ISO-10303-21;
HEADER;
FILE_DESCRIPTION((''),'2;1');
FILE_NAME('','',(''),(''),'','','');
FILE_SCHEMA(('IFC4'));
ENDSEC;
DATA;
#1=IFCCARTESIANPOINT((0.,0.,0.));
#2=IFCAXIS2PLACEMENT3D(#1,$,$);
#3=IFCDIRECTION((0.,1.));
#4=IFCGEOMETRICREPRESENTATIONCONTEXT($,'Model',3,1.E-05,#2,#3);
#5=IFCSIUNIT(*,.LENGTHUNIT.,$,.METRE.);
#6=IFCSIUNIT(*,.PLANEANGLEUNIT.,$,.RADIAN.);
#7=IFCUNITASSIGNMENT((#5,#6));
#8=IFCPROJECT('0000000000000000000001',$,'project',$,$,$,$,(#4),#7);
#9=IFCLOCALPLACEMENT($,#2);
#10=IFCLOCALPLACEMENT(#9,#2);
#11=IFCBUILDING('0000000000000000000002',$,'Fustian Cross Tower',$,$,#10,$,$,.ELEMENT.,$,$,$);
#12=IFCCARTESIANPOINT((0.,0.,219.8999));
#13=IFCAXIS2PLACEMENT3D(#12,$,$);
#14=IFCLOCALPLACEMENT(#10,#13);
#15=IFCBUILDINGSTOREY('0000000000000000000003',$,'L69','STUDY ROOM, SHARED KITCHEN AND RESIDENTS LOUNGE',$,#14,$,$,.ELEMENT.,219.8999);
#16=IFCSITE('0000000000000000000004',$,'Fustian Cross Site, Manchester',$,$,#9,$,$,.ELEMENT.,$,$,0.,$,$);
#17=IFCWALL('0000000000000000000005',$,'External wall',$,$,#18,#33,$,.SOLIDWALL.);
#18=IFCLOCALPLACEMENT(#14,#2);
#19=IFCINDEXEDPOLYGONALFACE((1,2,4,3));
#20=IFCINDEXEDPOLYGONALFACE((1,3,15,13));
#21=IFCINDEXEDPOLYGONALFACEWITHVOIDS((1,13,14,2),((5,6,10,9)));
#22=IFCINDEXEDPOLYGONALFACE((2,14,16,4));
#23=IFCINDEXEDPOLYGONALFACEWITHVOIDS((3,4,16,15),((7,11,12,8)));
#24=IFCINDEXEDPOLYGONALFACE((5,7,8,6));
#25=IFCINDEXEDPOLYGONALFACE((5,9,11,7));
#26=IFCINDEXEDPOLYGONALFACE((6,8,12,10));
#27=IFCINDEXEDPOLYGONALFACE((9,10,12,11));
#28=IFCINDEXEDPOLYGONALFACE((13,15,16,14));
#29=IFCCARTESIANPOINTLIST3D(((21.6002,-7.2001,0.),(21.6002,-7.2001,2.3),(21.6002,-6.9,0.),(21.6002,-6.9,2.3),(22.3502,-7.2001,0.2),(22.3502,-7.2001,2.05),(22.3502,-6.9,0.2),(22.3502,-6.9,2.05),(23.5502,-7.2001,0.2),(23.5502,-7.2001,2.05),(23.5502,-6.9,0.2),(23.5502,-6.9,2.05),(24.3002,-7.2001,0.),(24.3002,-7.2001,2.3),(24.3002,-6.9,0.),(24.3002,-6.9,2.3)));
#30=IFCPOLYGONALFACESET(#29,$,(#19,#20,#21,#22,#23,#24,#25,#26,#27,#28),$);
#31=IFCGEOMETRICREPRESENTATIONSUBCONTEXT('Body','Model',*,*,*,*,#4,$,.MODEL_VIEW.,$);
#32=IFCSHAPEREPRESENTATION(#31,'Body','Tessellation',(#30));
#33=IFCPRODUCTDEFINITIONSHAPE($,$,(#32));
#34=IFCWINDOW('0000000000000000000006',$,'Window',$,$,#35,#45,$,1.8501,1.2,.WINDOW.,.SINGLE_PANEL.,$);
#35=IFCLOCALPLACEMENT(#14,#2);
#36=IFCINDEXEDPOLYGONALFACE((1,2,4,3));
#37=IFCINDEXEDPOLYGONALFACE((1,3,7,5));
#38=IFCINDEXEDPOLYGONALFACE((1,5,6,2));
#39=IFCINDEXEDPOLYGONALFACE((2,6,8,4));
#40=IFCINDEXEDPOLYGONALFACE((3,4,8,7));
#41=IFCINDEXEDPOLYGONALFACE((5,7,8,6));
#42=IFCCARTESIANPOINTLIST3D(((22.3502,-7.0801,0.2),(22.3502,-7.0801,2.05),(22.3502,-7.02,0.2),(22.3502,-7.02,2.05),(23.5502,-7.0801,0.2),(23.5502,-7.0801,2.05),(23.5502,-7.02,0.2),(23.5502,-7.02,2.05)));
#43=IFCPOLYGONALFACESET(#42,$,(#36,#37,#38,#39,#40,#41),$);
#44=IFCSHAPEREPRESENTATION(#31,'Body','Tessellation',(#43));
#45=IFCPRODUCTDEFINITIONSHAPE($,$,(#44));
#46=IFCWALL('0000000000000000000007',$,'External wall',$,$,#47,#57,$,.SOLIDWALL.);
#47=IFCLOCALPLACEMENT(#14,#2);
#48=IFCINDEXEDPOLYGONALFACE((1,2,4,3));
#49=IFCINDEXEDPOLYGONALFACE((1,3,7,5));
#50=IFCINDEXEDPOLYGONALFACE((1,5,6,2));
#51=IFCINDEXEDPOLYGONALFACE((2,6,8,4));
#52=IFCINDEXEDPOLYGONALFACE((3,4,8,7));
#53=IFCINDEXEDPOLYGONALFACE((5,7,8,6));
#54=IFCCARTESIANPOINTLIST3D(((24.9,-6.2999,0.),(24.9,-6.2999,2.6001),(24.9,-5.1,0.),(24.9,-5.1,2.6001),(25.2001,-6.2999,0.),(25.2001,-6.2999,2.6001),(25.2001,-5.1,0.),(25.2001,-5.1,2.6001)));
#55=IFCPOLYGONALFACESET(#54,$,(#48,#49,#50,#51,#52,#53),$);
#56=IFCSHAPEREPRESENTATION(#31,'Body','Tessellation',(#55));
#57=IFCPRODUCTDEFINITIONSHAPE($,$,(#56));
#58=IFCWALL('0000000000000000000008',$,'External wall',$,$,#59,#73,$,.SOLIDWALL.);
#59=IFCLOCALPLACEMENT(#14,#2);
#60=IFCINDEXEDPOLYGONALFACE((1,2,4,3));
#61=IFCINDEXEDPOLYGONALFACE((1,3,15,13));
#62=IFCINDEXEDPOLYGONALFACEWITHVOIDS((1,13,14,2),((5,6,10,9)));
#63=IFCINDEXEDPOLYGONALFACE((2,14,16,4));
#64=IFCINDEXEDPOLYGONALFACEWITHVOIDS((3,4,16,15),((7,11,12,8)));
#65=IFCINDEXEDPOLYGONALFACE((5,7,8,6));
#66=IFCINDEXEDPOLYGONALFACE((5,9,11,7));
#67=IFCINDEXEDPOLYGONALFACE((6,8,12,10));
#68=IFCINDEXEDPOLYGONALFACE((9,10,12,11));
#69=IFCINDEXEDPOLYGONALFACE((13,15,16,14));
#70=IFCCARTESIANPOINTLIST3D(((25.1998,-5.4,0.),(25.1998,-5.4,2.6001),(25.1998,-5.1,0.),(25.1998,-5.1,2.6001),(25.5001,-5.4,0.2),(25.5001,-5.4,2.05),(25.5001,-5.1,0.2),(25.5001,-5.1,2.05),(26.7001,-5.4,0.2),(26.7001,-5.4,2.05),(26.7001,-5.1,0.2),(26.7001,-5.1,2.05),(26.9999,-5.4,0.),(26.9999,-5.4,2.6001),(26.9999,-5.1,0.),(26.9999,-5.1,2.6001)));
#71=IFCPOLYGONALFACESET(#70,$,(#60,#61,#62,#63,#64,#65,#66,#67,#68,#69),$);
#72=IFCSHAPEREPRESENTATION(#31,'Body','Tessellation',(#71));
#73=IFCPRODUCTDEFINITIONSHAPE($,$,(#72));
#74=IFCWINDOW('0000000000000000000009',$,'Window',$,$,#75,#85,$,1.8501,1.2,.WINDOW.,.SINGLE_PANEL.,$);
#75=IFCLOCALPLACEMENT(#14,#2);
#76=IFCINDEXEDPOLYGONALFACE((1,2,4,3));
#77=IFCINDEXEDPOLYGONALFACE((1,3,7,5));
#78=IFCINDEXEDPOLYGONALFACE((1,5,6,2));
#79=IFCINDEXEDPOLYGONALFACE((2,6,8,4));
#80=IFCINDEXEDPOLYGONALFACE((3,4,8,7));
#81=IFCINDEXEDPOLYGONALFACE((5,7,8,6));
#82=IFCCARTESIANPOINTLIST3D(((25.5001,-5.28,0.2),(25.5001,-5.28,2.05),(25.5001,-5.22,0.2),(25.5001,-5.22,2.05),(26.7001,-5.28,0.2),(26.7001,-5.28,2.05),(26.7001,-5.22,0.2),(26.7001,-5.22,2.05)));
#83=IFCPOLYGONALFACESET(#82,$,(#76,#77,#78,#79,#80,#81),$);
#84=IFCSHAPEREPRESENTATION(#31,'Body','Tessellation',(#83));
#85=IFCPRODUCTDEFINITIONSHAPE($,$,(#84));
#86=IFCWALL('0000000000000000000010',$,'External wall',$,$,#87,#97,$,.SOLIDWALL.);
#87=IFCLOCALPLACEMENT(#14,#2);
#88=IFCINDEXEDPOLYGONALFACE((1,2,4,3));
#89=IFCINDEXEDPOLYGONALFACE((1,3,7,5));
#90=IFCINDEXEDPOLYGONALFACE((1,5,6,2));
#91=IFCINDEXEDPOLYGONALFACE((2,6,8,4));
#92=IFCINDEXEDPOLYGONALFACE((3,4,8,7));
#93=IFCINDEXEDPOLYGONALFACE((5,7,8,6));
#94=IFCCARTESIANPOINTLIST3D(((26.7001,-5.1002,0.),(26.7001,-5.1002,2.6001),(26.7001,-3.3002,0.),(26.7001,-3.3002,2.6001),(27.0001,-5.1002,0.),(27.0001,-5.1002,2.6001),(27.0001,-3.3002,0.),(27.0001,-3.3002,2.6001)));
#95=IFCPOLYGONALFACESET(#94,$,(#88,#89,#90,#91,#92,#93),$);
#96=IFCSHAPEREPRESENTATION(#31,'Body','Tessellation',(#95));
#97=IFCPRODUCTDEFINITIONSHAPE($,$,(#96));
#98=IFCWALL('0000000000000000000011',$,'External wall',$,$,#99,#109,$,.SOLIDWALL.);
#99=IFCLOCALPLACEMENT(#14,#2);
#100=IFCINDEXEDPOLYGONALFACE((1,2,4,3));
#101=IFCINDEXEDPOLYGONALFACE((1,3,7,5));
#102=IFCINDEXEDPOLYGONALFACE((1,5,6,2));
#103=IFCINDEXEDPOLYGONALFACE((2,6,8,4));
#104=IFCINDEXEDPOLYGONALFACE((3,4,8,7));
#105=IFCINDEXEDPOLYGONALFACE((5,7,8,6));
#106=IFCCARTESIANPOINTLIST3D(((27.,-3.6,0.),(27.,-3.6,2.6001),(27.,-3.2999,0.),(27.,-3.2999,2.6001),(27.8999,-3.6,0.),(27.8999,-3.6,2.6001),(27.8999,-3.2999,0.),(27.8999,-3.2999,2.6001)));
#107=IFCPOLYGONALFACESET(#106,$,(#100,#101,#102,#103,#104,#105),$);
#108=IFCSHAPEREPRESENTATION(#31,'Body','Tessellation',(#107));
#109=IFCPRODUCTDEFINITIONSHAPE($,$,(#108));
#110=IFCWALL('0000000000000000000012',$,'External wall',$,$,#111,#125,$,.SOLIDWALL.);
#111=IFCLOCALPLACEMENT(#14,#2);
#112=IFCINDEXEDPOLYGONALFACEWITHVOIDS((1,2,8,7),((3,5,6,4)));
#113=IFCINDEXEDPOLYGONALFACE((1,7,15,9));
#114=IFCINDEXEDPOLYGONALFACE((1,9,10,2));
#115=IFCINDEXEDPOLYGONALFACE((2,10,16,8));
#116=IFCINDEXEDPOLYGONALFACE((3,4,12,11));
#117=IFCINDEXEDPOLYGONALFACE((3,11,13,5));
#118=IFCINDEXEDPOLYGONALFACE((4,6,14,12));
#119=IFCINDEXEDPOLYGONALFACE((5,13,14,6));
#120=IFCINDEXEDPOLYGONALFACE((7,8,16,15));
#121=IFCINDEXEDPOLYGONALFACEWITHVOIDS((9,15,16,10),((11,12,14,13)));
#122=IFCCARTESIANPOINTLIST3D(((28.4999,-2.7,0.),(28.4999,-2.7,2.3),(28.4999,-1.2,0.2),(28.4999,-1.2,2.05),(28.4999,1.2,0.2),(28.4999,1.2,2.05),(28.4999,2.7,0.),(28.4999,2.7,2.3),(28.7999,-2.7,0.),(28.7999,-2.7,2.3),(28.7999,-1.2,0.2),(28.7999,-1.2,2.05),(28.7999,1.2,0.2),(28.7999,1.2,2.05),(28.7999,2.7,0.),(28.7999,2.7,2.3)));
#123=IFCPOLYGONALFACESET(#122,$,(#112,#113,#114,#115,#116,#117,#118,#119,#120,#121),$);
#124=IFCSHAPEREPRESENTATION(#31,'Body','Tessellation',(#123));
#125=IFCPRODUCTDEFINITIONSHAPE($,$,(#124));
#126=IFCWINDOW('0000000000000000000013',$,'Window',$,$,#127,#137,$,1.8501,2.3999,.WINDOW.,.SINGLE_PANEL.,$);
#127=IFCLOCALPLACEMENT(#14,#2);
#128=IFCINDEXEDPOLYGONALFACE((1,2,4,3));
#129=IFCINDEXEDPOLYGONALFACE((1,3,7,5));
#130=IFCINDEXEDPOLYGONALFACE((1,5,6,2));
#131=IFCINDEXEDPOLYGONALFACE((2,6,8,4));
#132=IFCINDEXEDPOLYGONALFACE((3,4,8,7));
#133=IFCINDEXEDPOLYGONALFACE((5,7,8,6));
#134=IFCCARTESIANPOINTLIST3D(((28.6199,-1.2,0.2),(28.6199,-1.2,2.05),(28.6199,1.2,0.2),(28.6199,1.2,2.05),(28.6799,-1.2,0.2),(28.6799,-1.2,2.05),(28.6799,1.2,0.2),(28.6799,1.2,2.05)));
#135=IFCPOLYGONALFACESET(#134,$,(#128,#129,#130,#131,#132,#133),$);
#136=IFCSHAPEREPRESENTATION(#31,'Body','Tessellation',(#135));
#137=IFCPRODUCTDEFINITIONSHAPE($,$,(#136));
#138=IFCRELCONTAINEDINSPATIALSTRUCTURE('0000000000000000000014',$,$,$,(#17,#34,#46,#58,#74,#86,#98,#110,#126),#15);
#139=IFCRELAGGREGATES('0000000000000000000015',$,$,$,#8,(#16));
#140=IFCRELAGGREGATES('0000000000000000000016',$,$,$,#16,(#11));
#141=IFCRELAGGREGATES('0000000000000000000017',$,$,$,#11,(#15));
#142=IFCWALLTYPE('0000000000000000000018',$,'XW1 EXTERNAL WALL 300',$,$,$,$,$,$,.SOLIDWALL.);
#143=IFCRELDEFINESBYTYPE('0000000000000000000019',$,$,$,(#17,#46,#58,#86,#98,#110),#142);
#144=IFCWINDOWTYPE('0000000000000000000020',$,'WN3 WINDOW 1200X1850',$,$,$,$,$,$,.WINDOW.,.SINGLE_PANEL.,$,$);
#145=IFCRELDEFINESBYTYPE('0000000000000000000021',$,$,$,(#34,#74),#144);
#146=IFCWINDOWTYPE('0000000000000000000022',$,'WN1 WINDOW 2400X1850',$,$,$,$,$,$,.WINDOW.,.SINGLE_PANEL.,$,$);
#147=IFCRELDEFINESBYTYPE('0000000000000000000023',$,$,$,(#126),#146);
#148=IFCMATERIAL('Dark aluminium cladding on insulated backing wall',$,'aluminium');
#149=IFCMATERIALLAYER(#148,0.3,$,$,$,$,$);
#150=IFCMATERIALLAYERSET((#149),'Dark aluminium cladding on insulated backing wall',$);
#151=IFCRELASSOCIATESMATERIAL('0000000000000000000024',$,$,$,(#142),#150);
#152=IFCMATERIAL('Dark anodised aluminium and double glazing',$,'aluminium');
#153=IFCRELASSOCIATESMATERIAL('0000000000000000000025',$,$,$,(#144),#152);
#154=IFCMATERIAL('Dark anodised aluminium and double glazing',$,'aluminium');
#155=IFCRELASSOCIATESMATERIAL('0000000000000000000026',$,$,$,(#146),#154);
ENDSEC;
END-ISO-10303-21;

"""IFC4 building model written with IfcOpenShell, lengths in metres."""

from ifc_helpers import new_model, si_unit, direction, frame, frame_2d, origin, place, context, subcontext, project, spatial, rectangle, extrude, material, layer, layer_set, type_object, element, fill, save


model = new_model("IFC4")

# Units and contexts
model_context = context("Model", 3, precision=1e-05, world=origin(), true_north=direction((0.0, 1.0)))
body_context = subcontext(model_context, "Body", "Model", "MODEL_VIEW")
ifc_project = project(units=[si_unit("LENGTHUNIT", "METRE"), si_unit("PLANEANGLEUNIT", "RADIAN")], contexts=[model_context])

# Site, building, storey
site_placement = place(None, origin())
site = spatial("IfcSite", under=ifc_project, at=site_placement, Name="Fustian Cross Site, Manchester", CompositionType="ELEMENT", RefElevation=0.0)
building_placement = place(site_placement, origin())
building = spatial("IfcBuilding", under=site, at=building_placement, Name="Fustian Cross Tower", CompositionType="ELEMENT")
storey_placement = place(building_placement, frame((0.0, 0.0, 219.8999)))
storey = spatial("IfcBuildingStorey", under=building, at=storey_placement, Name="L69", Description="STUDY ROOM, SHARED KITCHEN AND RESIDENTS LOUNGE", CompositionType="ELEMENT", Elevation=219.8999)

# Wall, opening, window
ifc_material_1 = material(Name="Dark aluminium cladding on insulated backing wall", Category="aluminium")
ifc_layer_1 = layer(ifc_material_1, 0.3)
ifc_layer_set_1 = layer_set([ifc_layer_1], Name="Dark aluminium cladding on insulated backing wall")
wall_type_1 = type_object("IfcWallType", Name="XW1 EXTERNAL WALL 300", PredefinedType="SOLIDWALL", material=ifc_layer_set_1)
wall_1_placement = place(storey_placement, frame((21.6001, -7.05, 0.0), z_axis=(0.0, 0.0, 1.0), x_axis=(1.0, 0.0, 0.0)))
wall_1 = element("IfcWall", 1, at=wall_1_placement, inside=storey, type_object=wall_type_1, Name="External wall", PredefinedType="SOLIDWALL", context=body_context, shape_type="SweptSolid", body=[
    extrude(rectangle(XDim=2.7, YDim=0.3, at=frame_2d((1.3501, 0.0))), origin(), (0.0, 0.0, 1.0), 2.3),
])
opening_1_placement = place(wall_1_placement, frame((0.75, 0.0, 0.2)))
opening_1 = element("IfcOpeningElement", 2, at=opening_1_placement, cuts=wall_1, PredefinedType="OPENING", context=body_context, shape_type="SweptSolid", body=[
    extrude(rectangle(XDim=1.2, YDim=1.8501, at=frame_2d((0.6001, 0.925))), frame((0.0, 0.1599, 0.0), z_axis=(0.0, -1.0, 0.0), x_axis=(1.0, 0.0, 0.0)), (0.0, 0.0, 1.0), 0.3201),
])
ifc_material_2 = material(Name="Dark anodised aluminium and double glazing", Category="aluminium")
window_type_1 = type_object("IfcWindowType", Name="WN3 WINDOW 1200X1850", PartitioningType="SINGLE_PANEL", PredefinedType="WINDOW", material=ifc_material_2)
window_1_placement = place(opening_1_placement, origin())
window_1 = element("IfcWindow", 3, at=window_1_placement, inside=storey, type_object=window_type_1, Name="Window", OverallHeight=1.8501, OverallWidth=1.2, PartitioningType="SINGLE_PANEL", PredefinedType="WINDOW", context=body_context, shape_type="SweptSolid", body=[
    extrude(rectangle(XDim=1.2, YDim=1.8501, at=frame_2d((0.6001, 0.925))), frame((0.0, 0.03, 0.0), z_axis=(0.0, -1.0, 0.0), x_axis=(1.0, 0.0, 0.0)), (0.0, 0.0, 1.0), 0.0601),
])
fill(opening_1, window_1)

# Wall
wall_2_placement = place(storey_placement, frame((25.05, -6.3, 0.0), z_axis=(0.0, 0.0, 1.0), x_axis=(0.0, 1.0, 0.0)))
element("IfcWall", 4, at=wall_2_placement, inside=storey, type_object=wall_type_1, Name="External wall", PredefinedType="SOLIDWALL", context=body_context, shape_type="SweptSolid", body=[
    extrude(rectangle(XDim=1.2, YDim=0.3, at=frame_2d((0.6001, 0.0))), origin(), (0.0, 0.0, 1.0), 2.6001),
])

# Wall, opening, window
wall_3_placement = place(storey_placement, frame((25.2, -5.25, 0.0), z_axis=(0.0, 0.0, 1.0), x_axis=(1.0, 0.0, 0.0)))
wall_3 = element("IfcWall", 5, at=wall_3_placement, inside=storey, type_object=wall_type_1, Name="External wall", PredefinedType="SOLIDWALL", context=body_context, shape_type="SweptSolid", body=[
    extrude(rectangle(XDim=1.8, YDim=0.3, at=frame_2d((0.8999, 0.0))), origin(), (0.0, 0.0, 1.0), 2.6001),
])
opening_2_placement = place(wall_3_placement, frame((0.3, 0.0, 0.2)))
opening_2 = element("IfcOpeningElement", 6, at=opening_2_placement, cuts=wall_3, PredefinedType="OPENING", context=body_context, shape_type="SweptSolid", body=[
    extrude(rectangle(XDim=1.2, YDim=1.8501, at=frame_2d((0.6001, 0.925))), frame((0.0, 0.1599, 0.0), z_axis=(0.0, -1.0, 0.0), x_axis=(1.0, 0.0, 0.0)), (0.0, 0.0, 1.0), 0.3201),
])
window_2_placement = place(opening_2_placement, origin())
window_2 = element("IfcWindow", 7, at=window_2_placement, inside=storey, type_object=window_type_1, Name="Window", OverallHeight=1.8501, OverallWidth=1.2, PartitioningType="SINGLE_PANEL", PredefinedType="WINDOW", context=body_context, shape_type="SweptSolid", body=[
    extrude(rectangle(XDim=1.2, YDim=1.8501, at=frame_2d((0.6001, 0.925))), frame((0.0, 0.03, 0.0), z_axis=(0.0, -1.0, 0.0), x_axis=(1.0, 0.0, 0.0)), (0.0, 0.0, 1.0), 0.0601),
])
fill(opening_2, window_2)

# Walls
wall_4_placement = place(storey_placement, frame((26.8501, -5.1001, 0.0), z_axis=(0.0, 0.0, 1.0), x_axis=(0.0, 1.0, 0.0)))
element("IfcWall", 8, at=wall_4_placement, inside=storey, type_object=wall_type_1, Name="External wall", PredefinedType="SOLIDWALL", context=body_context, shape_type="SweptSolid", body=[
    extrude(rectangle(XDim=1.8, YDim=0.3, at=frame_2d((0.8999, 0.0))), origin(), (0.0, 0.0, 1.0), 2.6001),
])
wall_5_placement = place(storey_placement, frame((27.0, -3.45, 0.0), z_axis=(0.0, 0.0, 1.0), x_axis=(1.0, 0.0, 0.0)))
element("IfcWall", 9, at=wall_5_placement, inside=storey, type_object=wall_type_1, Name="External wall", PredefinedType="SOLIDWALL", context=body_context, shape_type="SweptSolid", body=[
    extrude(rectangle(XDim=0.8999, YDim=0.3, at=frame_2d((0.45, 0.0))), origin(), (0.0, 0.0, 1.0), 2.6001),
])

# Wall, opening, window
wall_6_placement = place(storey_placement, frame((28.6499, -2.7, 0.0), z_axis=(0.0, 0.0, 1.0), x_axis=(0.0, 1.0, 0.0)))
wall_6 = element("IfcWall", 10, at=wall_6_placement, inside=storey, type_object=wall_type_1, Name="External wall", PredefinedType="SOLIDWALL", context=body_context, shape_type="SweptSolid", body=[
    extrude(rectangle(XDim=5.3999, YDim=0.3, at=frame_2d((2.7, 0.0))), origin(), (0.0, 0.0, 1.0), 2.3),
])
opening_3_placement = place(wall_6_placement, frame((1.5, 0.0, 0.2)))
opening_3 = element("IfcOpeningElement", 11, at=opening_3_placement, cuts=wall_6, PredefinedType="OPENING", context=body_context, shape_type="SweptSolid", body=[
    extrude(rectangle(XDim=2.3999, YDim=1.8501, at=frame_2d((1.2, 0.925))), frame((0.0, 0.1599, 0.0), z_axis=(0.0, -1.0, 0.0), x_axis=(1.0, 0.0, 0.0)), (0.0, 0.0, 1.0), 0.3201),
])
ifc_material_3 = material(Name="Dark anodised aluminium and double glazing", Category="aluminium")
window_type_2 = type_object("IfcWindowType", Name="WN1 WINDOW 2400X1850", PartitioningType="SINGLE_PANEL", PredefinedType="WINDOW", material=ifc_material_3)
window_3_placement = place(opening_3_placement, origin())
window_3 = element("IfcWindow", 12, at=window_3_placement, inside=storey, type_object=window_type_2, Name="Window", OverallHeight=1.8501, OverallWidth=2.3999, PartitioningType="SINGLE_PANEL", PredefinedType="WINDOW", context=body_context, shape_type="SweptSolid", body=[
    extrude(rectangle(XDim=2.3999, YDim=1.8501, at=frame_2d((1.2, 0.925))), frame((0.0, 0.03, 0.0), z_axis=(0.0, -1.0, 0.0), x_axis=(1.0, 0.0, 0.0)), (0.0, 0.0, 1.0), 0.0601),
])
fill(opening_3, window_3)

save(model, "model.ifc")
